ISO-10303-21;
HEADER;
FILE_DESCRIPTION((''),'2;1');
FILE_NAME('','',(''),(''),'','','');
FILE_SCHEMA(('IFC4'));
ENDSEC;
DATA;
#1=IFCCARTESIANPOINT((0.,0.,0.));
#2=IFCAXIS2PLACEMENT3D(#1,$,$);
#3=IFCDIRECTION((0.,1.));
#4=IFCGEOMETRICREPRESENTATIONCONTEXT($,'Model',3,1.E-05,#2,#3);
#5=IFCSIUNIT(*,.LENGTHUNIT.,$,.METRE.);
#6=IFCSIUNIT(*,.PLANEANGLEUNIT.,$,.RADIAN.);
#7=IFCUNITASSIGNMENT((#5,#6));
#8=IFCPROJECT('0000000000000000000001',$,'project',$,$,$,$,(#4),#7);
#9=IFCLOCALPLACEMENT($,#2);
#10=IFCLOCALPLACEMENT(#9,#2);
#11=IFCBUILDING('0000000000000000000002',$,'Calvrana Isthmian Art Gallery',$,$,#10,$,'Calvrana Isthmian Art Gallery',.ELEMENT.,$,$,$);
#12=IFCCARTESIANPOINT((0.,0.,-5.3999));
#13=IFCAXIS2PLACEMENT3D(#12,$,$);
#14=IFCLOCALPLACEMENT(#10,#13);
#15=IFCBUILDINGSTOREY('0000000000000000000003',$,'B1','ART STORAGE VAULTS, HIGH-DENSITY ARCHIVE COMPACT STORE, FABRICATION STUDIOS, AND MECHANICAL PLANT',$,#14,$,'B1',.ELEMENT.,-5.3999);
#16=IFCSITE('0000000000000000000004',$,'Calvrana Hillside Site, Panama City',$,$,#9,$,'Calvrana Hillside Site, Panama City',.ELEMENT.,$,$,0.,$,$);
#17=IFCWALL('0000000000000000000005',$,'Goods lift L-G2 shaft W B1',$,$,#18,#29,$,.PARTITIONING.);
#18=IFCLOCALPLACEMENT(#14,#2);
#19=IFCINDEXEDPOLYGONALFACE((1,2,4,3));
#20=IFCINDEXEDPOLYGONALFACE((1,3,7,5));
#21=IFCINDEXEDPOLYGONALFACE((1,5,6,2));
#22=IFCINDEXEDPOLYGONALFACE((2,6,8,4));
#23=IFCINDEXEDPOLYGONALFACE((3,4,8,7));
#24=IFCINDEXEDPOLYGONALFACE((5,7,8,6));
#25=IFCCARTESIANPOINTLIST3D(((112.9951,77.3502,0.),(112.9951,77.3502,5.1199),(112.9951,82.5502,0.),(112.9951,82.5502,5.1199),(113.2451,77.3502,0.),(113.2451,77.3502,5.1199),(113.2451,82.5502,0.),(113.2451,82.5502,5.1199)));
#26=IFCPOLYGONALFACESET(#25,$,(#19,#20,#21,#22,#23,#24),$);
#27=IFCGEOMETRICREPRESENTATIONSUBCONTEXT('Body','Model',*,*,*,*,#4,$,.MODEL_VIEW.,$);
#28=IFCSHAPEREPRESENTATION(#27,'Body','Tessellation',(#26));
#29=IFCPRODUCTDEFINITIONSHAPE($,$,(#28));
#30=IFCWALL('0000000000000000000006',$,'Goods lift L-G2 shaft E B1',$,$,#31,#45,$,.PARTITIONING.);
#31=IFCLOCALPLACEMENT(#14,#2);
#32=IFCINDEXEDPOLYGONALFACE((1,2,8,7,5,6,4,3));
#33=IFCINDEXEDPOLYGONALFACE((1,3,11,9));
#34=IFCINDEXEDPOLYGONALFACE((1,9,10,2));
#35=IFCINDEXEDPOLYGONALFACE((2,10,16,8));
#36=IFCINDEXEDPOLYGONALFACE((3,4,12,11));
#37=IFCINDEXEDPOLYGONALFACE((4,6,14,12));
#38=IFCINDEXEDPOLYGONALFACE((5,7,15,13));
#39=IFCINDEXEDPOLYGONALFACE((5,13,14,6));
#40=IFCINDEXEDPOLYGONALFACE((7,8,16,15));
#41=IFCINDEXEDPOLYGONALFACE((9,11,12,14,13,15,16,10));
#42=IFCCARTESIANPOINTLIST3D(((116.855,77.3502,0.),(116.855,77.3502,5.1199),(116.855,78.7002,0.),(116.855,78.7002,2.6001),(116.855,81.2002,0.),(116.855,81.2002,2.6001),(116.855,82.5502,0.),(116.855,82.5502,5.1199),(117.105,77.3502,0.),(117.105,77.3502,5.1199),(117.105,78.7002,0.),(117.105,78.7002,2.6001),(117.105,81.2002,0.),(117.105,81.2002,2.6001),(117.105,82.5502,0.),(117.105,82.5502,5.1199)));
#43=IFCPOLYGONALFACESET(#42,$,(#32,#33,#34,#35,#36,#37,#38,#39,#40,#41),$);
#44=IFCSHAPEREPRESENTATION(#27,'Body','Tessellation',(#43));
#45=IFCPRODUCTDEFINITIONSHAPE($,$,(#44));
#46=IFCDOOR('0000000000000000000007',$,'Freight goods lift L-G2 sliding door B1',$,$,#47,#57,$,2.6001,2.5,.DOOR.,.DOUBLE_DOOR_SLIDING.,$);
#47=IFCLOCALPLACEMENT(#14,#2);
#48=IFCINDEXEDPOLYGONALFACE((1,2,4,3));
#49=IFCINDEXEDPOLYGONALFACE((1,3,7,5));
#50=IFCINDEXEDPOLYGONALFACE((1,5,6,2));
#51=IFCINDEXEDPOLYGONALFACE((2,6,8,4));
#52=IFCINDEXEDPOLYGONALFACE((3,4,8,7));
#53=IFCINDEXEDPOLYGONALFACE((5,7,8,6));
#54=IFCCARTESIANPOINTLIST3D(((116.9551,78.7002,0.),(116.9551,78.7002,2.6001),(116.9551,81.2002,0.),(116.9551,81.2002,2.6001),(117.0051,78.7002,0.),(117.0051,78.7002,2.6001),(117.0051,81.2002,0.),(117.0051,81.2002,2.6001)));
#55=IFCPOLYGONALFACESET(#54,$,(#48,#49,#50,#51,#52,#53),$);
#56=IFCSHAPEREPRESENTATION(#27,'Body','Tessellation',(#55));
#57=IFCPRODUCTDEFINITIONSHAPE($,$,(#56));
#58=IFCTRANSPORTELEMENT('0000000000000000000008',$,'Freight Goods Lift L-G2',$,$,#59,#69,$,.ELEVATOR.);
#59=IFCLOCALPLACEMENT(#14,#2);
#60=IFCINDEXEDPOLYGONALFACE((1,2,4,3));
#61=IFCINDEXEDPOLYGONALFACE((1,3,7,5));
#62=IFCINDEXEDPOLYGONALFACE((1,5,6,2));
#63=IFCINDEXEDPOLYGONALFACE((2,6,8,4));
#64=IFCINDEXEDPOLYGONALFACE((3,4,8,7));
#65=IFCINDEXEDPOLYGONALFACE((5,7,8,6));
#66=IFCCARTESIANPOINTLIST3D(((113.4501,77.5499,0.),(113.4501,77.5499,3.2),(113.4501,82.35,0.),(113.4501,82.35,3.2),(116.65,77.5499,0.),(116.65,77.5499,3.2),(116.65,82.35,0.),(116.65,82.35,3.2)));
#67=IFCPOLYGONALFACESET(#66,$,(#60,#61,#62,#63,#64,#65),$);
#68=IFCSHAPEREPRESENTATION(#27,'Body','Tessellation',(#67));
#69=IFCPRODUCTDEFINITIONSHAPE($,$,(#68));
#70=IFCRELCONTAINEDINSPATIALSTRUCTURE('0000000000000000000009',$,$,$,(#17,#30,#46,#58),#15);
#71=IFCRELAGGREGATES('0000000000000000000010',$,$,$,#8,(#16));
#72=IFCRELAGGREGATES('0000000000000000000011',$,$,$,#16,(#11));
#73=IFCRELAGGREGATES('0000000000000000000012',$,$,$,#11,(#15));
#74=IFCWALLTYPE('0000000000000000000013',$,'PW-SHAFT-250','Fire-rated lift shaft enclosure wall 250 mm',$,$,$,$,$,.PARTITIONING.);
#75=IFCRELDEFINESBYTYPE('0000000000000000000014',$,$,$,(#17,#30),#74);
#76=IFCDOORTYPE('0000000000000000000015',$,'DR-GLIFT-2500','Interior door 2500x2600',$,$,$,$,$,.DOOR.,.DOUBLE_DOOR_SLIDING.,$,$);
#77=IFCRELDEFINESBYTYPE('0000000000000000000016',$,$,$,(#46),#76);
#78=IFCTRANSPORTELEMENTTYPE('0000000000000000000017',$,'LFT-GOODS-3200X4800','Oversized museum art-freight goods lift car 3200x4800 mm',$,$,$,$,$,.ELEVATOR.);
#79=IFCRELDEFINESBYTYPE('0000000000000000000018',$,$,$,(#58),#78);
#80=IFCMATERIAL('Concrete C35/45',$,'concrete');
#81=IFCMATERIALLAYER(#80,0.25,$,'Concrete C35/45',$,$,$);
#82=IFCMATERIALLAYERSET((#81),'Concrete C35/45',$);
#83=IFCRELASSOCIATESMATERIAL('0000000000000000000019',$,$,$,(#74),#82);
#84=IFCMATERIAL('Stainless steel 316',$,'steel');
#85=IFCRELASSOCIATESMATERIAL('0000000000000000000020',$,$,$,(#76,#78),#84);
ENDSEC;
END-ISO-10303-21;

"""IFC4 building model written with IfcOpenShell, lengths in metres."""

from ifc_helpers import new_model, si_unit, direction, frame, frame_2d, origin, origin_2d, place, context, subcontext, project, spatial, rectangle, extrude, material, layer, layer_set, type_object, element, fill, save


model = new_model("IFC4")

# Units and contexts
model_context = context("Model", 3, precision=1e-05, world=origin(), true_north=direction((0.0, 1.0)))
body_context = subcontext(model_context, "Body", "Model", "MODEL_VIEW")
ifc_project = project(units=[si_unit("LENGTHUNIT", "METRE"), si_unit("PLANEANGLEUNIT", "RADIAN")], contexts=[model_context])

# Site, building, storey
site_placement = place(None, origin())
site = spatial("IfcSite", under=ifc_project, at=site_placement, Name="Calvrana Hillside Site, Panama City", LongName="Calvrana Hillside Site, Panama City", CompositionType="ELEMENT", RefElevation=0.0)
building_placement = place(site_placement, origin())
building = spatial("IfcBuilding", under=site, at=building_placement, Name="Calvrana Isthmian Art Gallery", LongName="Calvrana Isthmian Art Gallery", CompositionType="ELEMENT")
storey_placement = place(building_placement, frame((0.0, 0.0, -5.3999)))
storey = spatial("IfcBuildingStorey", under=building, at=storey_placement, Name="B1", Description="ART STORAGE VAULTS, HIGH-DENSITY ARCHIVE COMPACT STORE, FABRICATION STUDIOS, AND MECHANICAL PLANT", LongName="B1", CompositionType="ELEMENT", Elevation=-5.3999)

# Shared definitions
ifc_material_1 = material(Name="Concrete C35/45", Category="concrete")

# Wall
ifc_layer_1 = layer(ifc_material_1, 0.25, Name="Concrete C35/45")
ifc_layer_set_1 = layer_set([ifc_layer_1], Name="Concrete C35/45")
wall_type_1 = type_object("IfcWallType", Name="PW-SHAFT-250", Description="Fire-rated lift shaft enclosure wall 250 mm", PredefinedType="PARTITIONING", material=ifc_layer_set_1)
wall_1_placement = place(storey_placement, frame((113.1201, 77.3501, 0.0), z_axis=(0.0, 0.0, 1.0), x_axis=(0.0, 1.0, 0.0)))
element("IfcWall", 1, at=wall_1_placement, inside=storey, type_object=wall_type_1, Name="Goods lift L-G2 shaft W B1", PredefinedType="PARTITIONING", context=body_context, shape_type="SweptSolid", body=[
    extrude(rectangle(XDim=5.2, YDim=0.25, at=frame_2d((2.6001, 0.0))), origin(), (0.0, 0.0, 1.0), 5.1199),
])

# Wall, opening, door
wall_2_placement = place(storey_placement, frame((116.98, 77.3501, 0.0), z_axis=(0.0, 0.0, 1.0), x_axis=(0.0, 1.0, 0.0)))
wall_2 = element("IfcWall", 2, at=wall_2_placement, inside=storey, type_object=wall_type_1, Name="Goods lift L-G2 shaft E B1", PredefinedType="PARTITIONING", context=body_context, shape_type="SweptSolid", body=[
    extrude(rectangle(XDim=5.2, YDim=0.25, at=frame_2d((2.6001, 0.0))), origin(), (0.0, 0.0, 1.0), 5.1199),
])
opening_1_placement = place(wall_2_placement, frame((1.3501, 0.0, 0.0)))
opening_1 = element("IfcOpeningElement", 3, at=opening_1_placement, cuts=wall_2, PredefinedType="OPENING", context=body_context, shape_type="SweptSolid", body=[
    extrude(rectangle(XDim=2.5, YDim=2.6001, at=frame_2d((1.25, 1.3))), frame((0.0, 0.1353, 0.0), z_axis=(0.0, -1.0, 0.0), x_axis=(1.0, 0.0, 0.0)), (0.0, 0.0, 1.0), 0.2705),
])
ifc_material_2 = material(Name="Stainless steel 316", Category="steel")
door_type_1 = type_object("IfcDoorType", Name="DR-GLIFT-2500", Description="Interior door 2500x2600", OperationType="DOUBLE_DOOR_SLIDING", PredefinedType="DOOR", material=ifc_material_2)
door_1_placement = place(opening_1_placement, origin())
door_1 = element("IfcDoor", 4, at=door_1_placement, inside=storey, type_object=door_type_1, Name="Freight goods lift L-G2 sliding door B1", OperationType="DOUBLE_DOOR_SLIDING", OverallHeight=2.6001, OverallWidth=2.5, PredefinedType="DOOR", context=body_context, shape_type="SweptSolid", body=[
    extrude(rectangle(XDim=2.5, YDim=2.6001, at=frame_2d((1.25, 1.3))), frame((0.0, 0.0249, 0.0), z_axis=(0.0, -1.0, 0.0), x_axis=(1.0, 0.0, 0.0)), (0.0, 0.0, 1.0), 0.05),
])
fill(opening_1, door_1)

# Transport element
transport_element_type = type_object("IfcTransportElementType", Name="LFT-GOODS-3200X4800", Description="Oversized museum art-freight goods lift car 3200x4800 mm", PredefinedType="ELEVATOR", material=ifc_material_2)
transport_element_placement = place(storey_placement, frame((115.05, 79.95, 0.0), z_axis=(0.0, 0.0, 1.0), x_axis=(1.0, 0.0, 0.0)))
element("IfcTransportElement", 5, at=transport_element_placement, inside=storey, type_object=transport_element_type, Name="Freight Goods Lift L-G2", PredefinedType="ELEVATOR", context=body_context, shape_type="SweptSolid", body=[
    extrude(rectangle(XDim=3.2, YDim=4.8, at=origin_2d()), origin(), (0.0, 0.0, 1.0), 3.2),
])

save(model, "model.ifc")
